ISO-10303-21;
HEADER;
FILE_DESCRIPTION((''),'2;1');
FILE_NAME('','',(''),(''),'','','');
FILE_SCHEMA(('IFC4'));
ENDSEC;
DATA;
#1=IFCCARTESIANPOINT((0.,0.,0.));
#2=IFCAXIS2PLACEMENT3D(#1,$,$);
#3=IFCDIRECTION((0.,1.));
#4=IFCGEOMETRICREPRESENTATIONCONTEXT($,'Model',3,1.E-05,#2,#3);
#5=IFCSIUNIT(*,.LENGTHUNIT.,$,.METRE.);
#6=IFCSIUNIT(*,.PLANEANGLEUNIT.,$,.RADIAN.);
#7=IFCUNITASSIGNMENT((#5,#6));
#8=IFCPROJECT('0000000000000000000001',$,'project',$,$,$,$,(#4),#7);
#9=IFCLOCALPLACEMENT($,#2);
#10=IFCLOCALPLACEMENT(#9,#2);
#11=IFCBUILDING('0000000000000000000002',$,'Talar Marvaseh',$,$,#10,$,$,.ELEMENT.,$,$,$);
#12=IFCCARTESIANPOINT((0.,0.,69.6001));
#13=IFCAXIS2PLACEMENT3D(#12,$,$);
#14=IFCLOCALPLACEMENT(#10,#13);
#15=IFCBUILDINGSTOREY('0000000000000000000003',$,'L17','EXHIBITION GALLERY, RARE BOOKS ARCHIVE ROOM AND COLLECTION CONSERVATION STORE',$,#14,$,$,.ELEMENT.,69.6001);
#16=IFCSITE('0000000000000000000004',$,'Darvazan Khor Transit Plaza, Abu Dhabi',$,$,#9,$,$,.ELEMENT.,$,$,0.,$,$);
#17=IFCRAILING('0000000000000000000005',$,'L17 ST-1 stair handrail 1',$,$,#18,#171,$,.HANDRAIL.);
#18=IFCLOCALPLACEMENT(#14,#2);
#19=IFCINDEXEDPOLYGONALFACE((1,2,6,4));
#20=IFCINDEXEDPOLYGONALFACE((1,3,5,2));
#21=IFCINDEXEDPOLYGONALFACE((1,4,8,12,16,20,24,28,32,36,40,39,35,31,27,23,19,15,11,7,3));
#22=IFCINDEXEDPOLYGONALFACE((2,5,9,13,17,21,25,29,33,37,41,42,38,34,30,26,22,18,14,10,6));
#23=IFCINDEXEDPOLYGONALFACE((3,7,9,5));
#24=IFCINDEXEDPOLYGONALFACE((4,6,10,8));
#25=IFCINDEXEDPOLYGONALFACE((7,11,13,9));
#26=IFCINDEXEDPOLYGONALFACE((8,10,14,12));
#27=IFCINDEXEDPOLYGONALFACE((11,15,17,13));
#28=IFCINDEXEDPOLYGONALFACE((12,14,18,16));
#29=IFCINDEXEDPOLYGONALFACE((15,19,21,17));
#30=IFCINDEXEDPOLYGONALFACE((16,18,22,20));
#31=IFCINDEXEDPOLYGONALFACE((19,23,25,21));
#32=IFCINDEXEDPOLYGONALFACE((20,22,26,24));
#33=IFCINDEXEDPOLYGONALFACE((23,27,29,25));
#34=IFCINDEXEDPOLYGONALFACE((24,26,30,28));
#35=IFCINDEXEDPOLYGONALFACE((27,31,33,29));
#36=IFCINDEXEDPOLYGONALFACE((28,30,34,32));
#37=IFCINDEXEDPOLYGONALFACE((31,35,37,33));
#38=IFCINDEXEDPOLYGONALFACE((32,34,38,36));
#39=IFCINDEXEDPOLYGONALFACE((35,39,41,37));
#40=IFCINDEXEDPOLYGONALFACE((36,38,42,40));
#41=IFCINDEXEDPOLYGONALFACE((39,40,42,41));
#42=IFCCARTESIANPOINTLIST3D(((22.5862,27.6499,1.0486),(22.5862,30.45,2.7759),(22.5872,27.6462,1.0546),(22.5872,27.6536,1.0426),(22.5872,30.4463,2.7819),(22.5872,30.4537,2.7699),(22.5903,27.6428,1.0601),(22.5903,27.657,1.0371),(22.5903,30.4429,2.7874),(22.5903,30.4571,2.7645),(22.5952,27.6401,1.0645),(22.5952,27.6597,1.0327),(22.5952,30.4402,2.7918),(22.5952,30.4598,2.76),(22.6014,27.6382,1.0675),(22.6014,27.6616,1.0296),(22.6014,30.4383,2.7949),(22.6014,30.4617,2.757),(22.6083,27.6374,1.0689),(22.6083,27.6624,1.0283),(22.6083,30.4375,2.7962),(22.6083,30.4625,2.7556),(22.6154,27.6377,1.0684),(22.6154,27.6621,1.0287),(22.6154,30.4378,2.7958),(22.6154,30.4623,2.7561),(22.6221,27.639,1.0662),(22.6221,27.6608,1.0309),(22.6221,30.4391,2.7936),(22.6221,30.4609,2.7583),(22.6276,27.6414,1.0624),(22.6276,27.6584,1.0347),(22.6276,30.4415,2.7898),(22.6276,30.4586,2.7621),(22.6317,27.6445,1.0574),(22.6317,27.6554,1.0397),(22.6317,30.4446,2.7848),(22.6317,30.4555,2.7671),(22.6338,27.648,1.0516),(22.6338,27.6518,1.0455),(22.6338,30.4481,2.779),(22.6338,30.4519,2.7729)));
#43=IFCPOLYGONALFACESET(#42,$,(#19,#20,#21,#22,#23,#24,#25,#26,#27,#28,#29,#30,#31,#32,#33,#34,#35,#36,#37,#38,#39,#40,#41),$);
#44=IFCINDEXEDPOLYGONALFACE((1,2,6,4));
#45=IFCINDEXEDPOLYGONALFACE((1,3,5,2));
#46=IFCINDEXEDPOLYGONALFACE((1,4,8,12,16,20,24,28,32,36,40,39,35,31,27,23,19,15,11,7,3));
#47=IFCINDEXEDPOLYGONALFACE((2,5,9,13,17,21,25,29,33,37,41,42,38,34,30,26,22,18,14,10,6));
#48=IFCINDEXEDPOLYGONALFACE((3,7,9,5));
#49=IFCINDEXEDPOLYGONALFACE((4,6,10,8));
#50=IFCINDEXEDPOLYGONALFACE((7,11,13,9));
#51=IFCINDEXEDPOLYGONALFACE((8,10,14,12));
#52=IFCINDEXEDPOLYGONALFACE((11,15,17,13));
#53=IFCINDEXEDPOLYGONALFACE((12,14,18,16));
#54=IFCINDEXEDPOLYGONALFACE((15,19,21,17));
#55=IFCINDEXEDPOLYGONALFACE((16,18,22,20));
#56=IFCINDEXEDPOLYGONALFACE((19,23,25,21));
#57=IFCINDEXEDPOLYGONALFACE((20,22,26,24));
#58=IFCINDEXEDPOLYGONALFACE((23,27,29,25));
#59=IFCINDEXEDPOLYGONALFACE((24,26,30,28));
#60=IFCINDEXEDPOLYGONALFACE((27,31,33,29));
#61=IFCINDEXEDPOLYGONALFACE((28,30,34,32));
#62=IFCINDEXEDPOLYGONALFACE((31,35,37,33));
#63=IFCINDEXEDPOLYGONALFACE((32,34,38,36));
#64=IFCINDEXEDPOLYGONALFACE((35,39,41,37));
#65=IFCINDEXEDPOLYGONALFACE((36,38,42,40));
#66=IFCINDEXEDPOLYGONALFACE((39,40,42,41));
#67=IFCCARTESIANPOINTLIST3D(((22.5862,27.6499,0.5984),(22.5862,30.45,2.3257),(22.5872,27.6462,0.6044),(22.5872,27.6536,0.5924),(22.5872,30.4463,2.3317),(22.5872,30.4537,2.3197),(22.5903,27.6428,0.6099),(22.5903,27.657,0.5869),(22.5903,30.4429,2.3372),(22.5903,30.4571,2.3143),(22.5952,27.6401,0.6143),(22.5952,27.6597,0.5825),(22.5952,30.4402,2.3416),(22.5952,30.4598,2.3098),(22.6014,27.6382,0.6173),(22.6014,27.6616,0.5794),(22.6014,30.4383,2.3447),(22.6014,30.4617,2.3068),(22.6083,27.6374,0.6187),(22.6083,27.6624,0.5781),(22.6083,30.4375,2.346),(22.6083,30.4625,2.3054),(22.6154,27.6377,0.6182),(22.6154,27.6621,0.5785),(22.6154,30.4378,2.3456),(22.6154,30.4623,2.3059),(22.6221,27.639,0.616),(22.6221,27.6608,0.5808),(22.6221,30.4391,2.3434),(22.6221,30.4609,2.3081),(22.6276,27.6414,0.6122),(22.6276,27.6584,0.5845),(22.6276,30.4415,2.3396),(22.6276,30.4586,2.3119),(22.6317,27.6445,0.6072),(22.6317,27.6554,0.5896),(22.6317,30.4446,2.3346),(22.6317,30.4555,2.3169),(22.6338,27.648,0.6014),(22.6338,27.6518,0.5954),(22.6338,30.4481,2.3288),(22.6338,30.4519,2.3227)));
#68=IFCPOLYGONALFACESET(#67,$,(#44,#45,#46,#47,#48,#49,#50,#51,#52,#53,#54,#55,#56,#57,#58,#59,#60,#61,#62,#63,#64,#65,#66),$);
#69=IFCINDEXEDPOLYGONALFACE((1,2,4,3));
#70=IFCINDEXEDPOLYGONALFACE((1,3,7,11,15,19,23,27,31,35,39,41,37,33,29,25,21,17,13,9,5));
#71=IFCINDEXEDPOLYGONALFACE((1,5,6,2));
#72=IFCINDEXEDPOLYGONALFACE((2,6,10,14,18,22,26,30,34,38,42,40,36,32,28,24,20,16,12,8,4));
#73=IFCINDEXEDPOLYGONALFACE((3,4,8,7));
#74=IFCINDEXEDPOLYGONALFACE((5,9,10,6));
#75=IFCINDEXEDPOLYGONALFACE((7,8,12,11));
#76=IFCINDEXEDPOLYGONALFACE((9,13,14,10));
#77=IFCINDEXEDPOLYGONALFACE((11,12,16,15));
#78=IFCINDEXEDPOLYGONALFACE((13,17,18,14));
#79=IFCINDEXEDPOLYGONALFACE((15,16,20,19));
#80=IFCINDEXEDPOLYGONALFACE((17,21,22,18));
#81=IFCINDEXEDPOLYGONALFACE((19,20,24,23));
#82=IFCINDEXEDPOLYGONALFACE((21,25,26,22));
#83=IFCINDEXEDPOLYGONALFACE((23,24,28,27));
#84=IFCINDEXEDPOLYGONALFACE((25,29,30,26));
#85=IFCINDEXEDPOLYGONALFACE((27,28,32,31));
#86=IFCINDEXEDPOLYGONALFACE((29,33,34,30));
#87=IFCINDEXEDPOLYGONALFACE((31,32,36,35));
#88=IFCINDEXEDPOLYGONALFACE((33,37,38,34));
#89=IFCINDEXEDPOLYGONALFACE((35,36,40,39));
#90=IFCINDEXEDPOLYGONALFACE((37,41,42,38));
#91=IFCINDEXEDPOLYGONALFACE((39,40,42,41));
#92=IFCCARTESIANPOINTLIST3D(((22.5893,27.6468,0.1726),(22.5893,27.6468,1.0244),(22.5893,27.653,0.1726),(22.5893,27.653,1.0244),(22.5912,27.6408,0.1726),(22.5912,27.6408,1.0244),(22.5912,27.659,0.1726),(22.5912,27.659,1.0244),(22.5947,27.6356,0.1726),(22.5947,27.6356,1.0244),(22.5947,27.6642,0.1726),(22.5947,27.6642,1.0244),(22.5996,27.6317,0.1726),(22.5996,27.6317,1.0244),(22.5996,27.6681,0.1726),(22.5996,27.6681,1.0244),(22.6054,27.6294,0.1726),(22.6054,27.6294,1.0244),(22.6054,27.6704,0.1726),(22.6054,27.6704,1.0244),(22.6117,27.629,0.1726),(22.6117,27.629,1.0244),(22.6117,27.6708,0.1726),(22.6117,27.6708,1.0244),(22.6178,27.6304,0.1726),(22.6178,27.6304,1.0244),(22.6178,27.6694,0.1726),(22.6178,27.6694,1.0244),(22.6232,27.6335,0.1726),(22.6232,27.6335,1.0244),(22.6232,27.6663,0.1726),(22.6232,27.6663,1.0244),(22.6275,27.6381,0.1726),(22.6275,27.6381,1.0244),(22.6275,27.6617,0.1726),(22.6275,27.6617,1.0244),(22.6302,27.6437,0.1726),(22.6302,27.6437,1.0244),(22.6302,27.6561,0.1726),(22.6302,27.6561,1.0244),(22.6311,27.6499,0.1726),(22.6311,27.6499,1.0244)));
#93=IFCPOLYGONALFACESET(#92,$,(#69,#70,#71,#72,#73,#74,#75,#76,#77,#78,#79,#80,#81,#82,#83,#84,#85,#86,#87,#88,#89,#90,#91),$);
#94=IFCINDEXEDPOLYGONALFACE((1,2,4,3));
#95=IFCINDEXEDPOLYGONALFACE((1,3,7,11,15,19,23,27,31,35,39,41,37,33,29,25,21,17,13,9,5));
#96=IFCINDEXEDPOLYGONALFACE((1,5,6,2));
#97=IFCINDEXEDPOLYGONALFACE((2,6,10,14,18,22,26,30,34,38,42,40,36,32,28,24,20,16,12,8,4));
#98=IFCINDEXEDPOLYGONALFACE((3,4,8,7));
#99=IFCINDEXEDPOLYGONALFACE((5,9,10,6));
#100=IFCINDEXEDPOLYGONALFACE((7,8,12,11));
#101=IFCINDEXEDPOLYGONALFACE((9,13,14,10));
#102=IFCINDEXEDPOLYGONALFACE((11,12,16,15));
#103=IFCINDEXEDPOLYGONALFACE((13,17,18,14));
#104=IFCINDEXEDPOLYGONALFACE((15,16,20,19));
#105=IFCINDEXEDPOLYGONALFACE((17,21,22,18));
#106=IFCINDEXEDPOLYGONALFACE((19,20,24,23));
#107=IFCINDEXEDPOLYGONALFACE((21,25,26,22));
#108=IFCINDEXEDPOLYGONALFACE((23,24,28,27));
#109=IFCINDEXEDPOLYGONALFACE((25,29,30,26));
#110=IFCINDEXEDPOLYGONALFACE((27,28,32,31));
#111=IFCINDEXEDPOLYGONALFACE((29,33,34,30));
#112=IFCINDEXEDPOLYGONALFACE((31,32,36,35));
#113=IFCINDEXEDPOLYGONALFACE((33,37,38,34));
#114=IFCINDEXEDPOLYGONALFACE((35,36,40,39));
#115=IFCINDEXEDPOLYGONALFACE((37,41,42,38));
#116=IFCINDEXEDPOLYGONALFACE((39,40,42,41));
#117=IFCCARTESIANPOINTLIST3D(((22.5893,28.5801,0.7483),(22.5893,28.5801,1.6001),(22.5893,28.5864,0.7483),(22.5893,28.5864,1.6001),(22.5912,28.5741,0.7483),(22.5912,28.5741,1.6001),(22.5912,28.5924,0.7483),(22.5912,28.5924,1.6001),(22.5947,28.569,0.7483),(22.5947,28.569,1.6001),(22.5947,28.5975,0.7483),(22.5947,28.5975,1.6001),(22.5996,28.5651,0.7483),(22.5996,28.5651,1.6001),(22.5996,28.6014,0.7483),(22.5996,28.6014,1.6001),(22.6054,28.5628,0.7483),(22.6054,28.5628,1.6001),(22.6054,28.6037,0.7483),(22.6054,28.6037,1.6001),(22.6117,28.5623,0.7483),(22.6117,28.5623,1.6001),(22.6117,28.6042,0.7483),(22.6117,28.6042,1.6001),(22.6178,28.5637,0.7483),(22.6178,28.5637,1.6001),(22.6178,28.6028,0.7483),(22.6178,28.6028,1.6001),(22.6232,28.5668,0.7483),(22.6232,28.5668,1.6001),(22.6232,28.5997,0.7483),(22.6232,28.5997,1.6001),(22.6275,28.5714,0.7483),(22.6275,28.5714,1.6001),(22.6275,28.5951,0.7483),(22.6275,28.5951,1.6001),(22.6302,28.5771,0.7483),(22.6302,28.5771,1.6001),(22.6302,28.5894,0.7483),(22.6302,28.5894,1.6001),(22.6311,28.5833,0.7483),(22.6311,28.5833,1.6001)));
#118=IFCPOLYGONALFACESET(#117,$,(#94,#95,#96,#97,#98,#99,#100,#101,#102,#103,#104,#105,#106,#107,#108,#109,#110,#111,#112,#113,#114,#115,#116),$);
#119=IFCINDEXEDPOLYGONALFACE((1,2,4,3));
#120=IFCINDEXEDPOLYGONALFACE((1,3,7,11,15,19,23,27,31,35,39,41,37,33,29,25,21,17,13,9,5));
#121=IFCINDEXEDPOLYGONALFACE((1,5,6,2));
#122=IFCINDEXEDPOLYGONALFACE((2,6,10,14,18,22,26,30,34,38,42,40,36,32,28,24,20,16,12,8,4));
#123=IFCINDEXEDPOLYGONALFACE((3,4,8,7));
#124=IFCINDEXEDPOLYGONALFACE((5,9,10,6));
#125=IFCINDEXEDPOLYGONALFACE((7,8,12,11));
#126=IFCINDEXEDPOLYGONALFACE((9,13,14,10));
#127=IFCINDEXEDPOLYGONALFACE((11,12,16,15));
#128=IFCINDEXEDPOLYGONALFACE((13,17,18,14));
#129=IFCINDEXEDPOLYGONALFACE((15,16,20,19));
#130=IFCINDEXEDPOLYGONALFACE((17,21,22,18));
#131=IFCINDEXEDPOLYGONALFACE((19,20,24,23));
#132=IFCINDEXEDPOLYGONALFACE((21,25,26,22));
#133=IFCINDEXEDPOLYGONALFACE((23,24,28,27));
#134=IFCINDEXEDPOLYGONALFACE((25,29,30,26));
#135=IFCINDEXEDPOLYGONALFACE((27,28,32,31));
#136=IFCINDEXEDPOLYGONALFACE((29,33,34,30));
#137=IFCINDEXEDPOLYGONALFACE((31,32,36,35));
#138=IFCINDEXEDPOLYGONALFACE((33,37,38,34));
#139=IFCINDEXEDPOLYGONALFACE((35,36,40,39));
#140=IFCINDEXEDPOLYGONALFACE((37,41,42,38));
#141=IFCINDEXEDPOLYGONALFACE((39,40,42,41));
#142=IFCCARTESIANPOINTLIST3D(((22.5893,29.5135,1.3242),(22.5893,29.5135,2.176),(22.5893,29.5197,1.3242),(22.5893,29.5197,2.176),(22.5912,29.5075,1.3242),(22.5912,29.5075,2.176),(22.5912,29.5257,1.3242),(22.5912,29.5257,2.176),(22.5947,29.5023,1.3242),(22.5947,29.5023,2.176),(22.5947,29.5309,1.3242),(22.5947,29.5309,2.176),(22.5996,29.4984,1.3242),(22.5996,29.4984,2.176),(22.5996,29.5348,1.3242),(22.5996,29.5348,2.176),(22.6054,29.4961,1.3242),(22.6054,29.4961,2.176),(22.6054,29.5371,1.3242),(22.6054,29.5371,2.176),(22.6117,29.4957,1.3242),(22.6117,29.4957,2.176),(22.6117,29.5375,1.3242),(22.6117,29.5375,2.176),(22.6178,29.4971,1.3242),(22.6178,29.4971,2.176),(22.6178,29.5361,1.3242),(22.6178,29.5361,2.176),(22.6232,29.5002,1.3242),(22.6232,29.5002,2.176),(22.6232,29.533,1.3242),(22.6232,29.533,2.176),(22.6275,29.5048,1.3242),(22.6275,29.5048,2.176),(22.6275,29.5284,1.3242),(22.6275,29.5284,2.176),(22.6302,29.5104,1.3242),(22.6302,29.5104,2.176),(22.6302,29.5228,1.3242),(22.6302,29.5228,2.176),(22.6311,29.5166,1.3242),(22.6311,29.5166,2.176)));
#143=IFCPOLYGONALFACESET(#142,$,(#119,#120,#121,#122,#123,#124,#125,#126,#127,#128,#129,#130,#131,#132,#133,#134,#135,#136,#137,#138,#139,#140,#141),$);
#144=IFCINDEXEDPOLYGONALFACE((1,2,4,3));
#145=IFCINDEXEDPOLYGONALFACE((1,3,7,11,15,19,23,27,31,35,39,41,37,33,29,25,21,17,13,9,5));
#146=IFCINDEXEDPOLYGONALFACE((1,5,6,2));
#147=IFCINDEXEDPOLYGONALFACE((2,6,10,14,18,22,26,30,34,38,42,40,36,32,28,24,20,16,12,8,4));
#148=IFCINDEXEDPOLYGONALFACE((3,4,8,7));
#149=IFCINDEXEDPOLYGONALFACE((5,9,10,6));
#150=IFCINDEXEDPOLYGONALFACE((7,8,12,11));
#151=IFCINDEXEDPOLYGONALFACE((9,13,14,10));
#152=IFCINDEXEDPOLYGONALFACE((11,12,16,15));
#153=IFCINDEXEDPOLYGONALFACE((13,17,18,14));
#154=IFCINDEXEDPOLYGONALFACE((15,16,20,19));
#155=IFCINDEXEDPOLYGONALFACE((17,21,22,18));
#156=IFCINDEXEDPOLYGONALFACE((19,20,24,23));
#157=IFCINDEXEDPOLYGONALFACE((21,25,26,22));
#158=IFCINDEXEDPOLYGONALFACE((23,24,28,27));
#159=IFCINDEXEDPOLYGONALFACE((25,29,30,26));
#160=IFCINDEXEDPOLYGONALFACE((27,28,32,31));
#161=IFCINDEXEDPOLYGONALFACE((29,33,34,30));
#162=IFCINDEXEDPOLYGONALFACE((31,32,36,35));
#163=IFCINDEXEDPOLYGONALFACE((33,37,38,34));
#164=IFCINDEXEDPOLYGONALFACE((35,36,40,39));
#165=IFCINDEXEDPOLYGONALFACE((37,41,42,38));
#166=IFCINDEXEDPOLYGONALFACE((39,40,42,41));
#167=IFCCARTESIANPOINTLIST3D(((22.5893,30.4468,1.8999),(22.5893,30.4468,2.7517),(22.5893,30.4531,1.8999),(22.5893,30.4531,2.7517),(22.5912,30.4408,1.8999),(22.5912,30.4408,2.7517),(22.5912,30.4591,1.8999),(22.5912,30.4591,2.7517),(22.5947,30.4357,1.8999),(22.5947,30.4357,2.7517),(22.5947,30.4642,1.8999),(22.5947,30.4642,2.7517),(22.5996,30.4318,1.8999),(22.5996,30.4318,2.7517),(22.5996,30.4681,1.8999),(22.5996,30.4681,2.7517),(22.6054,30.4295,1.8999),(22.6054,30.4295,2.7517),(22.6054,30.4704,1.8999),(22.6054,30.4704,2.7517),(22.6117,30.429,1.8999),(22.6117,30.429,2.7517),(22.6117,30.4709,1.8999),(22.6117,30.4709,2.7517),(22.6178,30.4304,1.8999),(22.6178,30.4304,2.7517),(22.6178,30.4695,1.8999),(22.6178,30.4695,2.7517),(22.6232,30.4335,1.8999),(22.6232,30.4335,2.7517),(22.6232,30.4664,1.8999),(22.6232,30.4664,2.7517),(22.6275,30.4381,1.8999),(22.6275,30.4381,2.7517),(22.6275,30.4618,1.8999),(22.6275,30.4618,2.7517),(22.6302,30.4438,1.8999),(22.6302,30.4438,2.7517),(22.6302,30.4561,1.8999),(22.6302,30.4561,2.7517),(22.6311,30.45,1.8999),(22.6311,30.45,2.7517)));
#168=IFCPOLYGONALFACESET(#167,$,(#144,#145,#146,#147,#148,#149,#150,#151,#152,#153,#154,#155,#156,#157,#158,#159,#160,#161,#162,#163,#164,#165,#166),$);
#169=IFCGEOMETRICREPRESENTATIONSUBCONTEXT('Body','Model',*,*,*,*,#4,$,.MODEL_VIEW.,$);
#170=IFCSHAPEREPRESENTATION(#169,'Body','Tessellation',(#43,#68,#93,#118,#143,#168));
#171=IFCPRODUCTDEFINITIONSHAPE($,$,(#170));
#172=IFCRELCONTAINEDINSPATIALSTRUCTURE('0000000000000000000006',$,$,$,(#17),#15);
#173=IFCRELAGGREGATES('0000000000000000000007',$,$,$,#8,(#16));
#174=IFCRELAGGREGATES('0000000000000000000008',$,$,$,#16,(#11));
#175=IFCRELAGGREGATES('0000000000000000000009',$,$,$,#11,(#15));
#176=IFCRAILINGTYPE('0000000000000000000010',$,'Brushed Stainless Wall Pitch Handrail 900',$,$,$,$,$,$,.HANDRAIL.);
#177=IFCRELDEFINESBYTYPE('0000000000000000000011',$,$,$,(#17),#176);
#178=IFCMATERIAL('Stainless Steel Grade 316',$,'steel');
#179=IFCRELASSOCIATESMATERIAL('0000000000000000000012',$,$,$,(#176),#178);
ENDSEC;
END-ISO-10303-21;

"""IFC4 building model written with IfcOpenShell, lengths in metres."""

from ifc_helpers import new_model, si_unit, direction, frame, origin, origin_2d, place, context, subcontext, project, spatial, circle, extrude, material, type_object, element, save


model = new_model("IFC4")

# Units and contexts
model_context = context("Model", 3, precision=1e-05, world=origin(), true_north=direction((0.0, 1.0)))
body_context = subcontext(model_context, "Body", "Model", "MODEL_VIEW")
ifc_project = project(units=[si_unit("LENGTHUNIT", "METRE"), si_unit("PLANEANGLEUNIT", "RADIAN")], contexts=[model_context])

# Site, building, storey
site_placement = place(None, origin())
site = spatial("IfcSite", under=ifc_project, at=site_placement, Name="Darvazan Khor Transit Plaza, Abu Dhabi", CompositionType="ELEMENT", RefElevation=0.0)
building_placement = place(site_placement, origin())
building = spatial("IfcBuilding", under=site, at=building_placement, Name="Talar Marvaseh", CompositionType="ELEMENT")
storey_placement = place(building_placement, frame((0.0, 0.0, 69.6001)))
storey = spatial("IfcBuildingStorey", under=building, at=storey_placement, Name="L17", Description="EXHIBITION GALLERY, RARE BOOKS ARCHIVE ROOM AND COLLECTION CONSERVATION STORE", CompositionType="ELEMENT", Elevation=69.6001)

# Railing
ifc_material_1 = material(Name="Stainless Steel Grade 316", Category="steel")
railing_type_1 = type_object("IfcRailingType", Name="Brushed Stainless Wall Pitch Handrail 900", PredefinedType="HANDRAIL", material=ifc_material_1)
railing_1_placement = place(storey_placement, frame((22.6101, 27.6499, 0.1726)))
element("IfcRailing", 1, at=railing_1_placement, inside=storey, type_object=railing_type_1, Name="L17 ST-1 stair handrail 1", PredefinedType="HANDRAIL", context=body_context, shape_type="SweptSolid", body=[
    extrude(circle(Radius=0.0239, at=origin_2d()), frame((0.0, 0.0, 0.876), z_axis=(0.0, 0.85109, 0.52502), x_axis=(-1.0, 0.0, 0.0)), (0.0, 0.0, 1.0), 3.29),
    extrude(circle(Radius=0.0239, at=origin_2d()), frame((0.0, 0.0, 0.4258), z_axis=(0.0, 0.85109, 0.52502), x_axis=(-1.0, 0.0, 0.0)), (0.0, 0.0, 1.0), 3.29),
    extrude(circle(Radius=0.021, at=origin_2d()), origin(), (0.0, 0.0, 1.0), 0.8518),
    extrude(circle(Radius=0.021, at=origin_2d()), frame((0.0, 0.9333, 0.5757)), (0.0, 0.0, 1.0), 0.8518),
    extrude(circle(Radius=0.021, at=origin_2d()), frame((0.0, 1.8667, 1.1516)), (0.0, 0.0, 1.0), 0.8518),
    extrude(circle(Radius=0.021, at=origin_2d()), frame((0.0, 2.8, 1.7273)), (0.0, 0.0, 1.0), 0.8518),
])

save(model, "model.ifc")
